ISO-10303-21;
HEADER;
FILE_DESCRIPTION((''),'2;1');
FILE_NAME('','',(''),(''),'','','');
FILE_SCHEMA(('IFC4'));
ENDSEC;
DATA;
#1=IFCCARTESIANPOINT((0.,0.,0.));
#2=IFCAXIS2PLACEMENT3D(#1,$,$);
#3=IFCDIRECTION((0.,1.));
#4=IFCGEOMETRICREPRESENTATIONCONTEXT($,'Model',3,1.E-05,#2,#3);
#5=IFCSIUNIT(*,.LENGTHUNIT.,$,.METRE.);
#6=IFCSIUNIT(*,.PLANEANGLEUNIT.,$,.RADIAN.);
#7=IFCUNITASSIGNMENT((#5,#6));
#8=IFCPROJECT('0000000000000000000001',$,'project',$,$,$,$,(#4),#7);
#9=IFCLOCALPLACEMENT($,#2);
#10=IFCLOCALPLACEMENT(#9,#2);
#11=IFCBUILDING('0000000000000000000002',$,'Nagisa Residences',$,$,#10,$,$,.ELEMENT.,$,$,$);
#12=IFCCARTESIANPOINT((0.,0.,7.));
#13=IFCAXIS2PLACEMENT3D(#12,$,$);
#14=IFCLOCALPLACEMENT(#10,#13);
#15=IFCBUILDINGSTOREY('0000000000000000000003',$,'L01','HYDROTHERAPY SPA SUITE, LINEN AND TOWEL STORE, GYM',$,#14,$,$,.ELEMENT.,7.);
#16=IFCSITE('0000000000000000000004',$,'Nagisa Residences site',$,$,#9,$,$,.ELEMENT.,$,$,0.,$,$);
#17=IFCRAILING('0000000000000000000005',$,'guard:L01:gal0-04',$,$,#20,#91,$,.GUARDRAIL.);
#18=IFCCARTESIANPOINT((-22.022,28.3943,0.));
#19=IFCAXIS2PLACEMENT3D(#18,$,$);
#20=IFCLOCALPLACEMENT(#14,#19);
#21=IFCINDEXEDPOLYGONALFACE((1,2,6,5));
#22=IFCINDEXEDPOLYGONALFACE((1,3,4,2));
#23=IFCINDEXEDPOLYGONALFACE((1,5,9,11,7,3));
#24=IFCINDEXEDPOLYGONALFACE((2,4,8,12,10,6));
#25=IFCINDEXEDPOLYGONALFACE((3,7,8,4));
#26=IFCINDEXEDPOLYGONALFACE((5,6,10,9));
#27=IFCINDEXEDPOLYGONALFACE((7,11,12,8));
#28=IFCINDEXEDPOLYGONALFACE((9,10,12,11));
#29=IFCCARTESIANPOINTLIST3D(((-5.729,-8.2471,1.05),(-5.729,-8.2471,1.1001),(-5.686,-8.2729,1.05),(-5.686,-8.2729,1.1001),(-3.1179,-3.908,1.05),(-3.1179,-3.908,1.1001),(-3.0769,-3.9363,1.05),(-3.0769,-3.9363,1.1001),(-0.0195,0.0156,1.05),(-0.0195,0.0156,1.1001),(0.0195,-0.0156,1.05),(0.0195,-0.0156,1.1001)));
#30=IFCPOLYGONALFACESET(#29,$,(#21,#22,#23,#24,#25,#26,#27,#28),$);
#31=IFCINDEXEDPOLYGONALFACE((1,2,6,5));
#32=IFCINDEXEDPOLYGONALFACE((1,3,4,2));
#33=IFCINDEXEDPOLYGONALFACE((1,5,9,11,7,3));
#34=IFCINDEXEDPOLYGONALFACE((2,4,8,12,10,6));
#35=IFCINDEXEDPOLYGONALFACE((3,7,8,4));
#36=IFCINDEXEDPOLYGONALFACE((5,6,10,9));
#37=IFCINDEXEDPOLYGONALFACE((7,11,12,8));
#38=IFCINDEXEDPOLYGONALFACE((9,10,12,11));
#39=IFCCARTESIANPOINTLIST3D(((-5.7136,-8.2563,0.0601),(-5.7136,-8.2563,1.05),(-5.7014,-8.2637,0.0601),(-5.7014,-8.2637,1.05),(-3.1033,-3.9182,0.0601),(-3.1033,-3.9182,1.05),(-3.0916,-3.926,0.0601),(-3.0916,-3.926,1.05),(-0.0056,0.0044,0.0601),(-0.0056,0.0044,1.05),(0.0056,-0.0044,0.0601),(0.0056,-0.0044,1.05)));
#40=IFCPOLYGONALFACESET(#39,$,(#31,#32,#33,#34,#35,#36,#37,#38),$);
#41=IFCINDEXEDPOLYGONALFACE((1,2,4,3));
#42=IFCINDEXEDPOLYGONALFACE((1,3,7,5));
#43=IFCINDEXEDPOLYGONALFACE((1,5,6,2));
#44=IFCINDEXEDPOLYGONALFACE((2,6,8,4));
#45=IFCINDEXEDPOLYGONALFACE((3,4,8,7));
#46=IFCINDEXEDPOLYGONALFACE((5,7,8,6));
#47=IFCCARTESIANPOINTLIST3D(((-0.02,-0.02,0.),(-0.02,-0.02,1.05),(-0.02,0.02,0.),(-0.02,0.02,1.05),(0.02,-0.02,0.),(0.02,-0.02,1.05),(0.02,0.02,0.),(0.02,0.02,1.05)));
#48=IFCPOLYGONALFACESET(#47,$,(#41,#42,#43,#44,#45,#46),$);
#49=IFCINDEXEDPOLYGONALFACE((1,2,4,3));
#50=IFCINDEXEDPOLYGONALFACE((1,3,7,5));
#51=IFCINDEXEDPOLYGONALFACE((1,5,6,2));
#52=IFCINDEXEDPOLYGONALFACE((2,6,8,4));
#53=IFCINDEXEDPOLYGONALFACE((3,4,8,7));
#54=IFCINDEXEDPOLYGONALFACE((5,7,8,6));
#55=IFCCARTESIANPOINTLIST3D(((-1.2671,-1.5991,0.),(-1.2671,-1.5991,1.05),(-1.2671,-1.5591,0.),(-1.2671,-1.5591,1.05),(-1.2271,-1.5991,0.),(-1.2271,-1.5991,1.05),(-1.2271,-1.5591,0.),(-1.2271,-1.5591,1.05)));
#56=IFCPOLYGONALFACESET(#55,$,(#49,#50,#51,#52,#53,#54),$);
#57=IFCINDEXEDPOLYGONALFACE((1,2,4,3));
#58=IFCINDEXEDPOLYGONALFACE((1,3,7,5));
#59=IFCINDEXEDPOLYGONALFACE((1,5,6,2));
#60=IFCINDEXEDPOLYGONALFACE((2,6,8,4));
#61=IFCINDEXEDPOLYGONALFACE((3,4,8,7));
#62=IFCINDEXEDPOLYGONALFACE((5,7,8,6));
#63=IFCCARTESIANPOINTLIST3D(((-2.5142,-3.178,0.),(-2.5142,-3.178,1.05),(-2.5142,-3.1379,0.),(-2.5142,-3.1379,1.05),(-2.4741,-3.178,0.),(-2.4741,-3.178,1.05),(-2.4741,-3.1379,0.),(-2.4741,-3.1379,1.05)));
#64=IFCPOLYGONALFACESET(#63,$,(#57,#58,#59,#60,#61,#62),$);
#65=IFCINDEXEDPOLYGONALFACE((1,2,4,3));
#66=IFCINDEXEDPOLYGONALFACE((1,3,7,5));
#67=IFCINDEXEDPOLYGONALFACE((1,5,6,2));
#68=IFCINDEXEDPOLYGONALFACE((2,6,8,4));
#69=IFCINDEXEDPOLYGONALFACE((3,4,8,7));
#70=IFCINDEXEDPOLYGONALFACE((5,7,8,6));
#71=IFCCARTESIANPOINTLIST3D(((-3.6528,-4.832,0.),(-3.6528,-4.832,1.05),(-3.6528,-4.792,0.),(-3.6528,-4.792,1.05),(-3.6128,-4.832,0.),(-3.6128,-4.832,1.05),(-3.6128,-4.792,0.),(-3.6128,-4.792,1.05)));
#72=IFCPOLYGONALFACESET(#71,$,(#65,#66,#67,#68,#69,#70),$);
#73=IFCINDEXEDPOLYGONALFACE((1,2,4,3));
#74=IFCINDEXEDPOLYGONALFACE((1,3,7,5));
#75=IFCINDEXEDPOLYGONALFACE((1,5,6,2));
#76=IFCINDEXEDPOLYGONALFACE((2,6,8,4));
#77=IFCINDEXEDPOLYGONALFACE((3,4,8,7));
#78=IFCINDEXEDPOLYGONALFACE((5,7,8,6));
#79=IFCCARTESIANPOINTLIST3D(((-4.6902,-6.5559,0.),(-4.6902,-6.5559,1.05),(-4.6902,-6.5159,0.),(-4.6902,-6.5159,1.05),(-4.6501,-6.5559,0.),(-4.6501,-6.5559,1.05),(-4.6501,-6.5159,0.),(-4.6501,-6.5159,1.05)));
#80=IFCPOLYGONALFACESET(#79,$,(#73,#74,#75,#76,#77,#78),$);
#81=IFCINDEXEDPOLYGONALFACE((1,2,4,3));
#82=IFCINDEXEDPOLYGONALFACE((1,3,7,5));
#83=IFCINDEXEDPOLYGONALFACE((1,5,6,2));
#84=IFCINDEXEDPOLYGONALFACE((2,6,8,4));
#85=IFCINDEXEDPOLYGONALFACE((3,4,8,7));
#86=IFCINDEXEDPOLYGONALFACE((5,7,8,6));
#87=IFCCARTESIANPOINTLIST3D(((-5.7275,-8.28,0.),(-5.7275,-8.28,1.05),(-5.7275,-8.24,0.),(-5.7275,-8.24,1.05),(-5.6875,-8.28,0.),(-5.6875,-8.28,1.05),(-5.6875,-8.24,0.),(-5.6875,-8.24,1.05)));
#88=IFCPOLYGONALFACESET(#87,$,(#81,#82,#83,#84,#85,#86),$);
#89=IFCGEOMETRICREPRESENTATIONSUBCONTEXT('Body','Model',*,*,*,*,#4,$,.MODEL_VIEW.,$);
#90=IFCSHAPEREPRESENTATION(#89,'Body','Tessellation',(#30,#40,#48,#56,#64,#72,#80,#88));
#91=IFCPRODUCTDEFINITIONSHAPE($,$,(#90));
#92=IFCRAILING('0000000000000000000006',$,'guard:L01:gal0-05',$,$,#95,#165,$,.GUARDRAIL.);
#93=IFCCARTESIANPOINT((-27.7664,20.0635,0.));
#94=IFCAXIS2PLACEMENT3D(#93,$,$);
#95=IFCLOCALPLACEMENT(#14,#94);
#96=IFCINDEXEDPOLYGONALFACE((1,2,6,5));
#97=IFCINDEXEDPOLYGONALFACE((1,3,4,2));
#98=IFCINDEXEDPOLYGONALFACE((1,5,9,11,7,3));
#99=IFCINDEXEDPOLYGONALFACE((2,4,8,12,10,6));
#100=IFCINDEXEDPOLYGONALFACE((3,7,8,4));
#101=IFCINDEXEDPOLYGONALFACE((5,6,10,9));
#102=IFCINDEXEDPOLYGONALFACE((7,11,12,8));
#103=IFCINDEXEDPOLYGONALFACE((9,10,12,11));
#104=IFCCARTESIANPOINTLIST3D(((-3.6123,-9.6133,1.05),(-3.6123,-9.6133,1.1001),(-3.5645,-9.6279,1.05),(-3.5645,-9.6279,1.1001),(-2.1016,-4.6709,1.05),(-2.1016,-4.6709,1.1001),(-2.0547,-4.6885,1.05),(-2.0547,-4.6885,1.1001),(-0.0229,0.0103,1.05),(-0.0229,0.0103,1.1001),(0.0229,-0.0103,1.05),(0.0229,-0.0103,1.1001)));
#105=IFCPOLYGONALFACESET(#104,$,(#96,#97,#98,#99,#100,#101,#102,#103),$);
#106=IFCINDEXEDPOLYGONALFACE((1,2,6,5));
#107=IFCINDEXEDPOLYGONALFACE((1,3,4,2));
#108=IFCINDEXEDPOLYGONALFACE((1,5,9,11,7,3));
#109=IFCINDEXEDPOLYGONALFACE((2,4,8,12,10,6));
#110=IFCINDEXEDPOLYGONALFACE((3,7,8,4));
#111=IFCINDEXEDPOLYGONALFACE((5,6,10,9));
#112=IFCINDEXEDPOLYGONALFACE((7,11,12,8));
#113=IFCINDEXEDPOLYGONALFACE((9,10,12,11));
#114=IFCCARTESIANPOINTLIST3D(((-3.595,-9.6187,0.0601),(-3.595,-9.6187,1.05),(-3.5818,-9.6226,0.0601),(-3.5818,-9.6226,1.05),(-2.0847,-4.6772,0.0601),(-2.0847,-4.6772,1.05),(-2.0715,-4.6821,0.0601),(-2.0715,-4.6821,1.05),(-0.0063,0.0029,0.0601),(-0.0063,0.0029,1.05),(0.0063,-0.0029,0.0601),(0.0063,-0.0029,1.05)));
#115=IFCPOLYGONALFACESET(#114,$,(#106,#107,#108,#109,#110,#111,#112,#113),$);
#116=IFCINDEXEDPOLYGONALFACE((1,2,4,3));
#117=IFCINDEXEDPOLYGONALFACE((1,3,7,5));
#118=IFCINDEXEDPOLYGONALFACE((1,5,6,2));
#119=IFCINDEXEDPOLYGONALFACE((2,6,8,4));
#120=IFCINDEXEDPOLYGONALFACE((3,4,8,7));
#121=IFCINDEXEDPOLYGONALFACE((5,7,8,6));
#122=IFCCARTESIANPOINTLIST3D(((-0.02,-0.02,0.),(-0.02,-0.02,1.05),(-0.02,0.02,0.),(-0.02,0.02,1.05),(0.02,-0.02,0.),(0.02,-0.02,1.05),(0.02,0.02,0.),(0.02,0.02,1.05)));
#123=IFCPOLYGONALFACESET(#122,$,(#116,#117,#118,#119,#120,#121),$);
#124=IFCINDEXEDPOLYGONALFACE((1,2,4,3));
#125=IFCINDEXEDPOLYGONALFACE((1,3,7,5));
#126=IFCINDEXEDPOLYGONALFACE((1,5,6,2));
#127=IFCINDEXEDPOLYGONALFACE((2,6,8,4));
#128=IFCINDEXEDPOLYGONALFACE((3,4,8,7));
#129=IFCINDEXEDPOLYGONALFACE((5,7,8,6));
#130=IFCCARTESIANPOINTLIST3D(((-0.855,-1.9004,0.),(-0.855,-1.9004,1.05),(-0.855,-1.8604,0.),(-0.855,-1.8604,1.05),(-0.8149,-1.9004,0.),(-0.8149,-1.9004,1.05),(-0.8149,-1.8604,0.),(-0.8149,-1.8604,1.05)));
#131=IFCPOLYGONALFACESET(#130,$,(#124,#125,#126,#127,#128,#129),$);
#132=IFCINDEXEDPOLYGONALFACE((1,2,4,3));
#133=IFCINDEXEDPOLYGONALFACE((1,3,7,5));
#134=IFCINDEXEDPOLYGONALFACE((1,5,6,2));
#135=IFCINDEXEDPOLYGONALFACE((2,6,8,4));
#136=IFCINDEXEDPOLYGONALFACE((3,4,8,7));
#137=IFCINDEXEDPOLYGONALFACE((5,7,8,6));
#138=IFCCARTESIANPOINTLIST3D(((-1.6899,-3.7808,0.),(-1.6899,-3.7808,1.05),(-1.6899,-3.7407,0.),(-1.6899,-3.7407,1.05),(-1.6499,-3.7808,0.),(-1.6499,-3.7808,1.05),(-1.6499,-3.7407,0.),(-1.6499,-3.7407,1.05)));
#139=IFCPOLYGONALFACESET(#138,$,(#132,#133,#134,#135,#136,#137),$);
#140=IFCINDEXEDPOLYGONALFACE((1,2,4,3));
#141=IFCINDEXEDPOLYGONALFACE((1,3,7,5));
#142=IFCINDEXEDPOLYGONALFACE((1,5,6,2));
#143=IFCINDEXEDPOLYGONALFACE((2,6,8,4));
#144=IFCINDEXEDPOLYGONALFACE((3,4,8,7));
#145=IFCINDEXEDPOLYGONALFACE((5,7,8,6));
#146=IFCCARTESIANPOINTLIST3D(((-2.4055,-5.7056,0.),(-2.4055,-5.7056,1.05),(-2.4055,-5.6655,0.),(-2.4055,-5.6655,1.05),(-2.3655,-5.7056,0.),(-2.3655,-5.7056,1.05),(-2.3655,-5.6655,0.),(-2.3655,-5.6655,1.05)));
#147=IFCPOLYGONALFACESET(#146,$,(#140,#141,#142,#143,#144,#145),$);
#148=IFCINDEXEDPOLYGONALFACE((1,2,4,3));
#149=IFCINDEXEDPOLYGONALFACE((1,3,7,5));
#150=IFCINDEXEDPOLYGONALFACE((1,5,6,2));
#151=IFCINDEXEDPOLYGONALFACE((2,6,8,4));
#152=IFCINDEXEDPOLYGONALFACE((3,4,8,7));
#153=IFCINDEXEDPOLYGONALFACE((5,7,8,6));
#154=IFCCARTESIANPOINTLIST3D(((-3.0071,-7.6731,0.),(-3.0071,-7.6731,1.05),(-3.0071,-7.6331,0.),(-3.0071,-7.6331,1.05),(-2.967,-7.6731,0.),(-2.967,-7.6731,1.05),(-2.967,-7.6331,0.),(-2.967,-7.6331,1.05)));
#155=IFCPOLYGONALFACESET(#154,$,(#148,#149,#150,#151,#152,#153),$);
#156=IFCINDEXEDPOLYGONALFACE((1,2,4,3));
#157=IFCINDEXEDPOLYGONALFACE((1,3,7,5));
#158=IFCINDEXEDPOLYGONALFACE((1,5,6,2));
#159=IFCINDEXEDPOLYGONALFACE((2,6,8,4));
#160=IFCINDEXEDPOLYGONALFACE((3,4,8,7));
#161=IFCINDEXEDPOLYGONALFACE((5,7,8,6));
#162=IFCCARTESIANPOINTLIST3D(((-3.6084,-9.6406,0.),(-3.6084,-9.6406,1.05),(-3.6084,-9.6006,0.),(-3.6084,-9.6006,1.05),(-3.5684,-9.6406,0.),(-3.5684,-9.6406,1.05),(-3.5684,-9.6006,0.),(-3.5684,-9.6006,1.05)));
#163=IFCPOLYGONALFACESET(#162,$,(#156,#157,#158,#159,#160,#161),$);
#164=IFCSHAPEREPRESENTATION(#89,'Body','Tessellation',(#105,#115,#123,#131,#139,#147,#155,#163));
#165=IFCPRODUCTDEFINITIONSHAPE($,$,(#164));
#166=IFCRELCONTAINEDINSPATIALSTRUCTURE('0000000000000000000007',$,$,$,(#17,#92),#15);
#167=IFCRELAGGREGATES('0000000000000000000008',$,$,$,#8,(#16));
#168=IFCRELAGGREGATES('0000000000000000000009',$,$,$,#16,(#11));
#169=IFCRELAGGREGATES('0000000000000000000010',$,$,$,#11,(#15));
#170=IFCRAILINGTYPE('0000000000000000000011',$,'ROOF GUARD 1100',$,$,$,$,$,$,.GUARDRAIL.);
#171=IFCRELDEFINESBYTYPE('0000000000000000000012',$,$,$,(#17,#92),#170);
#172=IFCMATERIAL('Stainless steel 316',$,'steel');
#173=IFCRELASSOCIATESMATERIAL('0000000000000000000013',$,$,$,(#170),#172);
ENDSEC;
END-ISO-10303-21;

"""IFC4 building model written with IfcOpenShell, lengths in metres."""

from ifc_helpers import new_model, si_unit, direction, frame, origin, origin_2d, place, context, subcontext, project, spatial, polyline, rectangle, outline, extrude, material, type_object, element, save


model = new_model("IFC4")

# Units and contexts
model_context = context("Model", 3, precision=1e-05, world=origin(), true_north=direction((0.0, 1.0)))
body_context = subcontext(model_context, "Body", "Model", "MODEL_VIEW")
ifc_project = project(units=[si_unit("LENGTHUNIT", "METRE"), si_unit("PLANEANGLEUNIT", "RADIAN")], contexts=[model_context])

# Site, building, storey
site_placement = place(None, origin())
site = spatial("IfcSite", under=ifc_project, at=site_placement, Name="Nagisa Residences site", CompositionType="ELEMENT", RefElevation=0.0)
building_placement = place(site_placement, origin())
building = spatial("IfcBuilding", under=site, at=building_placement, Name="Nagisa Residences", CompositionType="ELEMENT")
storey_placement = place(building_placement, frame((0.0, 0.0, 7.0)))
storey = spatial("IfcBuildingStorey", under=building, at=storey_placement, Name="L01", Description="HYDROTHERAPY SPA SUITE, LINEN AND TOWEL STORE, GYM", CompositionType="ELEMENT", Elevation=7.0)

# Railings
ifc_material_1 = material(Name="Stainless steel 316", Category="steel")
railing_type = type_object("IfcRailingType", Name="ROOF GUARD 1100", PredefinedType="GUARDRAIL", material=ifc_material_1)
railing_1_placement = place(storey_placement, frame((-22.022, 28.3943, 0.0)))
element("IfcRailing", 1, at=railing_1_placement, inside=storey, type_object=railing_type, Name="guard:L01:gal0-04", PredefinedType="GUARDRAIL", context=body_context, shape_type="SweptSolid", body=[
    extrude(outline(polyline([(-3.0769, -3.9363), (0.0195, -0.0156), (-0.0195, 0.0156), (-3.1179, -3.908), (-5.729, -8.2471), (-5.686, -8.2729), (-3.0769, -3.9363)])), frame((0.0, 0.0, 1.05)), (0.0, 0.0, 1.0), 0.05),
    extrude(outline(polyline([(-3.0916, -3.926), (0.0056, -0.0044), (-0.0056, 0.0044), (-3.1033, -3.9182), (-5.7136, -8.2563), (-5.7014, -8.2637), (-3.0916, -3.926)])), frame((0.0, 0.0, 0.0601)), (0.0, 0.0, 1.0), 0.99),
    extrude(rectangle(XDim=0.04, YDim=0.04, at=origin_2d()), origin(), (0.0, 0.0, 1.0), 1.05),
    extrude(rectangle(XDim=0.04, YDim=0.04, at=origin_2d()), frame((-1.2471, -1.5791, 0.0)), (0.0, 0.0, 1.0), 1.05),
    extrude(rectangle(XDim=0.04, YDim=0.04, at=origin_2d()), frame((-2.4941, -3.158, 0.0)), (0.0, 0.0, 1.0), 1.05),
    extrude(rectangle(XDim=0.04, YDim=0.04, at=origin_2d()), frame((-3.6328, -4.812, 0.0)), (0.0, 0.0, 1.0), 1.05),
    extrude(rectangle(XDim=0.04, YDim=0.04, at=origin_2d()), frame((-4.6702, -6.5359, 0.0)), (0.0, 0.0, 1.0), 1.05),
    extrude(rectangle(XDim=0.04, YDim=0.04, at=origin_2d()), frame((-5.7075, -8.26, 0.0)), (0.0, 0.0, 1.0), 1.05),
])
railing_2_placement = place(storey_placement, frame((-27.7664, 20.0635, 0.0)))
element("IfcRailing", 2, at=railing_2_placement, inside=storey, type_object=railing_type, Name="guard:L01:gal0-05", PredefinedType="GUARDRAIL", context=body_context, shape_type="SweptSolid", body=[
    extrude(outline(polyline([(-2.0547, -4.6885), (0.0229, -0.0103), (-0.0229, 0.0103), (-2.1016, -4.6709), (-3.6123, -9.6133), (-3.5645, -9.6279), (-2.0547, -4.6885)])), frame((0.0, 0.0, 1.05)), (0.0, 0.0, 1.0), 0.05),
    extrude(outline(polyline([(-2.0715, -4.6821), (0.0063, -0.0029), (-0.0063, 0.0029), (-2.0847, -4.6772), (-3.595, -9.6187), (-3.5818, -9.6226), (-2.0715, -4.6821)])), frame((0.0, 0.0, 0.0601)), (0.0, 0.0, 1.0), 0.99),
    extrude(rectangle(XDim=0.04, YDim=0.04, at=origin_2d()), origin(), (0.0, 0.0, 1.0), 1.05),
    extrude(rectangle(XDim=0.04, YDim=0.04, at=origin_2d()), frame((-0.835, -1.8804, 0.0)), (0.0, 0.0, 1.0), 1.05),
    extrude(rectangle(XDim=0.04, YDim=0.04, at=origin_2d()), frame((-1.6699, -3.7607, 0.0)), (0.0, 0.0, 1.0), 1.05),
    extrude(rectangle(XDim=0.04, YDim=0.04, at=origin_2d()), frame((-2.3855, -5.6855, 0.0)), (0.0, 0.0, 1.0), 1.05),
    extrude(rectangle(XDim=0.04, YDim=0.04, at=origin_2d()), frame((-2.9871, -7.6531, 0.0)), (0.0, 0.0, 1.0), 1.05),
    extrude(rectangle(XDim=0.04, YDim=0.04, at=origin_2d()), frame((-3.5884, -9.6206, 0.0)), (0.0, 0.0, 1.0), 1.05),
])

save(model, "model.ifc")
